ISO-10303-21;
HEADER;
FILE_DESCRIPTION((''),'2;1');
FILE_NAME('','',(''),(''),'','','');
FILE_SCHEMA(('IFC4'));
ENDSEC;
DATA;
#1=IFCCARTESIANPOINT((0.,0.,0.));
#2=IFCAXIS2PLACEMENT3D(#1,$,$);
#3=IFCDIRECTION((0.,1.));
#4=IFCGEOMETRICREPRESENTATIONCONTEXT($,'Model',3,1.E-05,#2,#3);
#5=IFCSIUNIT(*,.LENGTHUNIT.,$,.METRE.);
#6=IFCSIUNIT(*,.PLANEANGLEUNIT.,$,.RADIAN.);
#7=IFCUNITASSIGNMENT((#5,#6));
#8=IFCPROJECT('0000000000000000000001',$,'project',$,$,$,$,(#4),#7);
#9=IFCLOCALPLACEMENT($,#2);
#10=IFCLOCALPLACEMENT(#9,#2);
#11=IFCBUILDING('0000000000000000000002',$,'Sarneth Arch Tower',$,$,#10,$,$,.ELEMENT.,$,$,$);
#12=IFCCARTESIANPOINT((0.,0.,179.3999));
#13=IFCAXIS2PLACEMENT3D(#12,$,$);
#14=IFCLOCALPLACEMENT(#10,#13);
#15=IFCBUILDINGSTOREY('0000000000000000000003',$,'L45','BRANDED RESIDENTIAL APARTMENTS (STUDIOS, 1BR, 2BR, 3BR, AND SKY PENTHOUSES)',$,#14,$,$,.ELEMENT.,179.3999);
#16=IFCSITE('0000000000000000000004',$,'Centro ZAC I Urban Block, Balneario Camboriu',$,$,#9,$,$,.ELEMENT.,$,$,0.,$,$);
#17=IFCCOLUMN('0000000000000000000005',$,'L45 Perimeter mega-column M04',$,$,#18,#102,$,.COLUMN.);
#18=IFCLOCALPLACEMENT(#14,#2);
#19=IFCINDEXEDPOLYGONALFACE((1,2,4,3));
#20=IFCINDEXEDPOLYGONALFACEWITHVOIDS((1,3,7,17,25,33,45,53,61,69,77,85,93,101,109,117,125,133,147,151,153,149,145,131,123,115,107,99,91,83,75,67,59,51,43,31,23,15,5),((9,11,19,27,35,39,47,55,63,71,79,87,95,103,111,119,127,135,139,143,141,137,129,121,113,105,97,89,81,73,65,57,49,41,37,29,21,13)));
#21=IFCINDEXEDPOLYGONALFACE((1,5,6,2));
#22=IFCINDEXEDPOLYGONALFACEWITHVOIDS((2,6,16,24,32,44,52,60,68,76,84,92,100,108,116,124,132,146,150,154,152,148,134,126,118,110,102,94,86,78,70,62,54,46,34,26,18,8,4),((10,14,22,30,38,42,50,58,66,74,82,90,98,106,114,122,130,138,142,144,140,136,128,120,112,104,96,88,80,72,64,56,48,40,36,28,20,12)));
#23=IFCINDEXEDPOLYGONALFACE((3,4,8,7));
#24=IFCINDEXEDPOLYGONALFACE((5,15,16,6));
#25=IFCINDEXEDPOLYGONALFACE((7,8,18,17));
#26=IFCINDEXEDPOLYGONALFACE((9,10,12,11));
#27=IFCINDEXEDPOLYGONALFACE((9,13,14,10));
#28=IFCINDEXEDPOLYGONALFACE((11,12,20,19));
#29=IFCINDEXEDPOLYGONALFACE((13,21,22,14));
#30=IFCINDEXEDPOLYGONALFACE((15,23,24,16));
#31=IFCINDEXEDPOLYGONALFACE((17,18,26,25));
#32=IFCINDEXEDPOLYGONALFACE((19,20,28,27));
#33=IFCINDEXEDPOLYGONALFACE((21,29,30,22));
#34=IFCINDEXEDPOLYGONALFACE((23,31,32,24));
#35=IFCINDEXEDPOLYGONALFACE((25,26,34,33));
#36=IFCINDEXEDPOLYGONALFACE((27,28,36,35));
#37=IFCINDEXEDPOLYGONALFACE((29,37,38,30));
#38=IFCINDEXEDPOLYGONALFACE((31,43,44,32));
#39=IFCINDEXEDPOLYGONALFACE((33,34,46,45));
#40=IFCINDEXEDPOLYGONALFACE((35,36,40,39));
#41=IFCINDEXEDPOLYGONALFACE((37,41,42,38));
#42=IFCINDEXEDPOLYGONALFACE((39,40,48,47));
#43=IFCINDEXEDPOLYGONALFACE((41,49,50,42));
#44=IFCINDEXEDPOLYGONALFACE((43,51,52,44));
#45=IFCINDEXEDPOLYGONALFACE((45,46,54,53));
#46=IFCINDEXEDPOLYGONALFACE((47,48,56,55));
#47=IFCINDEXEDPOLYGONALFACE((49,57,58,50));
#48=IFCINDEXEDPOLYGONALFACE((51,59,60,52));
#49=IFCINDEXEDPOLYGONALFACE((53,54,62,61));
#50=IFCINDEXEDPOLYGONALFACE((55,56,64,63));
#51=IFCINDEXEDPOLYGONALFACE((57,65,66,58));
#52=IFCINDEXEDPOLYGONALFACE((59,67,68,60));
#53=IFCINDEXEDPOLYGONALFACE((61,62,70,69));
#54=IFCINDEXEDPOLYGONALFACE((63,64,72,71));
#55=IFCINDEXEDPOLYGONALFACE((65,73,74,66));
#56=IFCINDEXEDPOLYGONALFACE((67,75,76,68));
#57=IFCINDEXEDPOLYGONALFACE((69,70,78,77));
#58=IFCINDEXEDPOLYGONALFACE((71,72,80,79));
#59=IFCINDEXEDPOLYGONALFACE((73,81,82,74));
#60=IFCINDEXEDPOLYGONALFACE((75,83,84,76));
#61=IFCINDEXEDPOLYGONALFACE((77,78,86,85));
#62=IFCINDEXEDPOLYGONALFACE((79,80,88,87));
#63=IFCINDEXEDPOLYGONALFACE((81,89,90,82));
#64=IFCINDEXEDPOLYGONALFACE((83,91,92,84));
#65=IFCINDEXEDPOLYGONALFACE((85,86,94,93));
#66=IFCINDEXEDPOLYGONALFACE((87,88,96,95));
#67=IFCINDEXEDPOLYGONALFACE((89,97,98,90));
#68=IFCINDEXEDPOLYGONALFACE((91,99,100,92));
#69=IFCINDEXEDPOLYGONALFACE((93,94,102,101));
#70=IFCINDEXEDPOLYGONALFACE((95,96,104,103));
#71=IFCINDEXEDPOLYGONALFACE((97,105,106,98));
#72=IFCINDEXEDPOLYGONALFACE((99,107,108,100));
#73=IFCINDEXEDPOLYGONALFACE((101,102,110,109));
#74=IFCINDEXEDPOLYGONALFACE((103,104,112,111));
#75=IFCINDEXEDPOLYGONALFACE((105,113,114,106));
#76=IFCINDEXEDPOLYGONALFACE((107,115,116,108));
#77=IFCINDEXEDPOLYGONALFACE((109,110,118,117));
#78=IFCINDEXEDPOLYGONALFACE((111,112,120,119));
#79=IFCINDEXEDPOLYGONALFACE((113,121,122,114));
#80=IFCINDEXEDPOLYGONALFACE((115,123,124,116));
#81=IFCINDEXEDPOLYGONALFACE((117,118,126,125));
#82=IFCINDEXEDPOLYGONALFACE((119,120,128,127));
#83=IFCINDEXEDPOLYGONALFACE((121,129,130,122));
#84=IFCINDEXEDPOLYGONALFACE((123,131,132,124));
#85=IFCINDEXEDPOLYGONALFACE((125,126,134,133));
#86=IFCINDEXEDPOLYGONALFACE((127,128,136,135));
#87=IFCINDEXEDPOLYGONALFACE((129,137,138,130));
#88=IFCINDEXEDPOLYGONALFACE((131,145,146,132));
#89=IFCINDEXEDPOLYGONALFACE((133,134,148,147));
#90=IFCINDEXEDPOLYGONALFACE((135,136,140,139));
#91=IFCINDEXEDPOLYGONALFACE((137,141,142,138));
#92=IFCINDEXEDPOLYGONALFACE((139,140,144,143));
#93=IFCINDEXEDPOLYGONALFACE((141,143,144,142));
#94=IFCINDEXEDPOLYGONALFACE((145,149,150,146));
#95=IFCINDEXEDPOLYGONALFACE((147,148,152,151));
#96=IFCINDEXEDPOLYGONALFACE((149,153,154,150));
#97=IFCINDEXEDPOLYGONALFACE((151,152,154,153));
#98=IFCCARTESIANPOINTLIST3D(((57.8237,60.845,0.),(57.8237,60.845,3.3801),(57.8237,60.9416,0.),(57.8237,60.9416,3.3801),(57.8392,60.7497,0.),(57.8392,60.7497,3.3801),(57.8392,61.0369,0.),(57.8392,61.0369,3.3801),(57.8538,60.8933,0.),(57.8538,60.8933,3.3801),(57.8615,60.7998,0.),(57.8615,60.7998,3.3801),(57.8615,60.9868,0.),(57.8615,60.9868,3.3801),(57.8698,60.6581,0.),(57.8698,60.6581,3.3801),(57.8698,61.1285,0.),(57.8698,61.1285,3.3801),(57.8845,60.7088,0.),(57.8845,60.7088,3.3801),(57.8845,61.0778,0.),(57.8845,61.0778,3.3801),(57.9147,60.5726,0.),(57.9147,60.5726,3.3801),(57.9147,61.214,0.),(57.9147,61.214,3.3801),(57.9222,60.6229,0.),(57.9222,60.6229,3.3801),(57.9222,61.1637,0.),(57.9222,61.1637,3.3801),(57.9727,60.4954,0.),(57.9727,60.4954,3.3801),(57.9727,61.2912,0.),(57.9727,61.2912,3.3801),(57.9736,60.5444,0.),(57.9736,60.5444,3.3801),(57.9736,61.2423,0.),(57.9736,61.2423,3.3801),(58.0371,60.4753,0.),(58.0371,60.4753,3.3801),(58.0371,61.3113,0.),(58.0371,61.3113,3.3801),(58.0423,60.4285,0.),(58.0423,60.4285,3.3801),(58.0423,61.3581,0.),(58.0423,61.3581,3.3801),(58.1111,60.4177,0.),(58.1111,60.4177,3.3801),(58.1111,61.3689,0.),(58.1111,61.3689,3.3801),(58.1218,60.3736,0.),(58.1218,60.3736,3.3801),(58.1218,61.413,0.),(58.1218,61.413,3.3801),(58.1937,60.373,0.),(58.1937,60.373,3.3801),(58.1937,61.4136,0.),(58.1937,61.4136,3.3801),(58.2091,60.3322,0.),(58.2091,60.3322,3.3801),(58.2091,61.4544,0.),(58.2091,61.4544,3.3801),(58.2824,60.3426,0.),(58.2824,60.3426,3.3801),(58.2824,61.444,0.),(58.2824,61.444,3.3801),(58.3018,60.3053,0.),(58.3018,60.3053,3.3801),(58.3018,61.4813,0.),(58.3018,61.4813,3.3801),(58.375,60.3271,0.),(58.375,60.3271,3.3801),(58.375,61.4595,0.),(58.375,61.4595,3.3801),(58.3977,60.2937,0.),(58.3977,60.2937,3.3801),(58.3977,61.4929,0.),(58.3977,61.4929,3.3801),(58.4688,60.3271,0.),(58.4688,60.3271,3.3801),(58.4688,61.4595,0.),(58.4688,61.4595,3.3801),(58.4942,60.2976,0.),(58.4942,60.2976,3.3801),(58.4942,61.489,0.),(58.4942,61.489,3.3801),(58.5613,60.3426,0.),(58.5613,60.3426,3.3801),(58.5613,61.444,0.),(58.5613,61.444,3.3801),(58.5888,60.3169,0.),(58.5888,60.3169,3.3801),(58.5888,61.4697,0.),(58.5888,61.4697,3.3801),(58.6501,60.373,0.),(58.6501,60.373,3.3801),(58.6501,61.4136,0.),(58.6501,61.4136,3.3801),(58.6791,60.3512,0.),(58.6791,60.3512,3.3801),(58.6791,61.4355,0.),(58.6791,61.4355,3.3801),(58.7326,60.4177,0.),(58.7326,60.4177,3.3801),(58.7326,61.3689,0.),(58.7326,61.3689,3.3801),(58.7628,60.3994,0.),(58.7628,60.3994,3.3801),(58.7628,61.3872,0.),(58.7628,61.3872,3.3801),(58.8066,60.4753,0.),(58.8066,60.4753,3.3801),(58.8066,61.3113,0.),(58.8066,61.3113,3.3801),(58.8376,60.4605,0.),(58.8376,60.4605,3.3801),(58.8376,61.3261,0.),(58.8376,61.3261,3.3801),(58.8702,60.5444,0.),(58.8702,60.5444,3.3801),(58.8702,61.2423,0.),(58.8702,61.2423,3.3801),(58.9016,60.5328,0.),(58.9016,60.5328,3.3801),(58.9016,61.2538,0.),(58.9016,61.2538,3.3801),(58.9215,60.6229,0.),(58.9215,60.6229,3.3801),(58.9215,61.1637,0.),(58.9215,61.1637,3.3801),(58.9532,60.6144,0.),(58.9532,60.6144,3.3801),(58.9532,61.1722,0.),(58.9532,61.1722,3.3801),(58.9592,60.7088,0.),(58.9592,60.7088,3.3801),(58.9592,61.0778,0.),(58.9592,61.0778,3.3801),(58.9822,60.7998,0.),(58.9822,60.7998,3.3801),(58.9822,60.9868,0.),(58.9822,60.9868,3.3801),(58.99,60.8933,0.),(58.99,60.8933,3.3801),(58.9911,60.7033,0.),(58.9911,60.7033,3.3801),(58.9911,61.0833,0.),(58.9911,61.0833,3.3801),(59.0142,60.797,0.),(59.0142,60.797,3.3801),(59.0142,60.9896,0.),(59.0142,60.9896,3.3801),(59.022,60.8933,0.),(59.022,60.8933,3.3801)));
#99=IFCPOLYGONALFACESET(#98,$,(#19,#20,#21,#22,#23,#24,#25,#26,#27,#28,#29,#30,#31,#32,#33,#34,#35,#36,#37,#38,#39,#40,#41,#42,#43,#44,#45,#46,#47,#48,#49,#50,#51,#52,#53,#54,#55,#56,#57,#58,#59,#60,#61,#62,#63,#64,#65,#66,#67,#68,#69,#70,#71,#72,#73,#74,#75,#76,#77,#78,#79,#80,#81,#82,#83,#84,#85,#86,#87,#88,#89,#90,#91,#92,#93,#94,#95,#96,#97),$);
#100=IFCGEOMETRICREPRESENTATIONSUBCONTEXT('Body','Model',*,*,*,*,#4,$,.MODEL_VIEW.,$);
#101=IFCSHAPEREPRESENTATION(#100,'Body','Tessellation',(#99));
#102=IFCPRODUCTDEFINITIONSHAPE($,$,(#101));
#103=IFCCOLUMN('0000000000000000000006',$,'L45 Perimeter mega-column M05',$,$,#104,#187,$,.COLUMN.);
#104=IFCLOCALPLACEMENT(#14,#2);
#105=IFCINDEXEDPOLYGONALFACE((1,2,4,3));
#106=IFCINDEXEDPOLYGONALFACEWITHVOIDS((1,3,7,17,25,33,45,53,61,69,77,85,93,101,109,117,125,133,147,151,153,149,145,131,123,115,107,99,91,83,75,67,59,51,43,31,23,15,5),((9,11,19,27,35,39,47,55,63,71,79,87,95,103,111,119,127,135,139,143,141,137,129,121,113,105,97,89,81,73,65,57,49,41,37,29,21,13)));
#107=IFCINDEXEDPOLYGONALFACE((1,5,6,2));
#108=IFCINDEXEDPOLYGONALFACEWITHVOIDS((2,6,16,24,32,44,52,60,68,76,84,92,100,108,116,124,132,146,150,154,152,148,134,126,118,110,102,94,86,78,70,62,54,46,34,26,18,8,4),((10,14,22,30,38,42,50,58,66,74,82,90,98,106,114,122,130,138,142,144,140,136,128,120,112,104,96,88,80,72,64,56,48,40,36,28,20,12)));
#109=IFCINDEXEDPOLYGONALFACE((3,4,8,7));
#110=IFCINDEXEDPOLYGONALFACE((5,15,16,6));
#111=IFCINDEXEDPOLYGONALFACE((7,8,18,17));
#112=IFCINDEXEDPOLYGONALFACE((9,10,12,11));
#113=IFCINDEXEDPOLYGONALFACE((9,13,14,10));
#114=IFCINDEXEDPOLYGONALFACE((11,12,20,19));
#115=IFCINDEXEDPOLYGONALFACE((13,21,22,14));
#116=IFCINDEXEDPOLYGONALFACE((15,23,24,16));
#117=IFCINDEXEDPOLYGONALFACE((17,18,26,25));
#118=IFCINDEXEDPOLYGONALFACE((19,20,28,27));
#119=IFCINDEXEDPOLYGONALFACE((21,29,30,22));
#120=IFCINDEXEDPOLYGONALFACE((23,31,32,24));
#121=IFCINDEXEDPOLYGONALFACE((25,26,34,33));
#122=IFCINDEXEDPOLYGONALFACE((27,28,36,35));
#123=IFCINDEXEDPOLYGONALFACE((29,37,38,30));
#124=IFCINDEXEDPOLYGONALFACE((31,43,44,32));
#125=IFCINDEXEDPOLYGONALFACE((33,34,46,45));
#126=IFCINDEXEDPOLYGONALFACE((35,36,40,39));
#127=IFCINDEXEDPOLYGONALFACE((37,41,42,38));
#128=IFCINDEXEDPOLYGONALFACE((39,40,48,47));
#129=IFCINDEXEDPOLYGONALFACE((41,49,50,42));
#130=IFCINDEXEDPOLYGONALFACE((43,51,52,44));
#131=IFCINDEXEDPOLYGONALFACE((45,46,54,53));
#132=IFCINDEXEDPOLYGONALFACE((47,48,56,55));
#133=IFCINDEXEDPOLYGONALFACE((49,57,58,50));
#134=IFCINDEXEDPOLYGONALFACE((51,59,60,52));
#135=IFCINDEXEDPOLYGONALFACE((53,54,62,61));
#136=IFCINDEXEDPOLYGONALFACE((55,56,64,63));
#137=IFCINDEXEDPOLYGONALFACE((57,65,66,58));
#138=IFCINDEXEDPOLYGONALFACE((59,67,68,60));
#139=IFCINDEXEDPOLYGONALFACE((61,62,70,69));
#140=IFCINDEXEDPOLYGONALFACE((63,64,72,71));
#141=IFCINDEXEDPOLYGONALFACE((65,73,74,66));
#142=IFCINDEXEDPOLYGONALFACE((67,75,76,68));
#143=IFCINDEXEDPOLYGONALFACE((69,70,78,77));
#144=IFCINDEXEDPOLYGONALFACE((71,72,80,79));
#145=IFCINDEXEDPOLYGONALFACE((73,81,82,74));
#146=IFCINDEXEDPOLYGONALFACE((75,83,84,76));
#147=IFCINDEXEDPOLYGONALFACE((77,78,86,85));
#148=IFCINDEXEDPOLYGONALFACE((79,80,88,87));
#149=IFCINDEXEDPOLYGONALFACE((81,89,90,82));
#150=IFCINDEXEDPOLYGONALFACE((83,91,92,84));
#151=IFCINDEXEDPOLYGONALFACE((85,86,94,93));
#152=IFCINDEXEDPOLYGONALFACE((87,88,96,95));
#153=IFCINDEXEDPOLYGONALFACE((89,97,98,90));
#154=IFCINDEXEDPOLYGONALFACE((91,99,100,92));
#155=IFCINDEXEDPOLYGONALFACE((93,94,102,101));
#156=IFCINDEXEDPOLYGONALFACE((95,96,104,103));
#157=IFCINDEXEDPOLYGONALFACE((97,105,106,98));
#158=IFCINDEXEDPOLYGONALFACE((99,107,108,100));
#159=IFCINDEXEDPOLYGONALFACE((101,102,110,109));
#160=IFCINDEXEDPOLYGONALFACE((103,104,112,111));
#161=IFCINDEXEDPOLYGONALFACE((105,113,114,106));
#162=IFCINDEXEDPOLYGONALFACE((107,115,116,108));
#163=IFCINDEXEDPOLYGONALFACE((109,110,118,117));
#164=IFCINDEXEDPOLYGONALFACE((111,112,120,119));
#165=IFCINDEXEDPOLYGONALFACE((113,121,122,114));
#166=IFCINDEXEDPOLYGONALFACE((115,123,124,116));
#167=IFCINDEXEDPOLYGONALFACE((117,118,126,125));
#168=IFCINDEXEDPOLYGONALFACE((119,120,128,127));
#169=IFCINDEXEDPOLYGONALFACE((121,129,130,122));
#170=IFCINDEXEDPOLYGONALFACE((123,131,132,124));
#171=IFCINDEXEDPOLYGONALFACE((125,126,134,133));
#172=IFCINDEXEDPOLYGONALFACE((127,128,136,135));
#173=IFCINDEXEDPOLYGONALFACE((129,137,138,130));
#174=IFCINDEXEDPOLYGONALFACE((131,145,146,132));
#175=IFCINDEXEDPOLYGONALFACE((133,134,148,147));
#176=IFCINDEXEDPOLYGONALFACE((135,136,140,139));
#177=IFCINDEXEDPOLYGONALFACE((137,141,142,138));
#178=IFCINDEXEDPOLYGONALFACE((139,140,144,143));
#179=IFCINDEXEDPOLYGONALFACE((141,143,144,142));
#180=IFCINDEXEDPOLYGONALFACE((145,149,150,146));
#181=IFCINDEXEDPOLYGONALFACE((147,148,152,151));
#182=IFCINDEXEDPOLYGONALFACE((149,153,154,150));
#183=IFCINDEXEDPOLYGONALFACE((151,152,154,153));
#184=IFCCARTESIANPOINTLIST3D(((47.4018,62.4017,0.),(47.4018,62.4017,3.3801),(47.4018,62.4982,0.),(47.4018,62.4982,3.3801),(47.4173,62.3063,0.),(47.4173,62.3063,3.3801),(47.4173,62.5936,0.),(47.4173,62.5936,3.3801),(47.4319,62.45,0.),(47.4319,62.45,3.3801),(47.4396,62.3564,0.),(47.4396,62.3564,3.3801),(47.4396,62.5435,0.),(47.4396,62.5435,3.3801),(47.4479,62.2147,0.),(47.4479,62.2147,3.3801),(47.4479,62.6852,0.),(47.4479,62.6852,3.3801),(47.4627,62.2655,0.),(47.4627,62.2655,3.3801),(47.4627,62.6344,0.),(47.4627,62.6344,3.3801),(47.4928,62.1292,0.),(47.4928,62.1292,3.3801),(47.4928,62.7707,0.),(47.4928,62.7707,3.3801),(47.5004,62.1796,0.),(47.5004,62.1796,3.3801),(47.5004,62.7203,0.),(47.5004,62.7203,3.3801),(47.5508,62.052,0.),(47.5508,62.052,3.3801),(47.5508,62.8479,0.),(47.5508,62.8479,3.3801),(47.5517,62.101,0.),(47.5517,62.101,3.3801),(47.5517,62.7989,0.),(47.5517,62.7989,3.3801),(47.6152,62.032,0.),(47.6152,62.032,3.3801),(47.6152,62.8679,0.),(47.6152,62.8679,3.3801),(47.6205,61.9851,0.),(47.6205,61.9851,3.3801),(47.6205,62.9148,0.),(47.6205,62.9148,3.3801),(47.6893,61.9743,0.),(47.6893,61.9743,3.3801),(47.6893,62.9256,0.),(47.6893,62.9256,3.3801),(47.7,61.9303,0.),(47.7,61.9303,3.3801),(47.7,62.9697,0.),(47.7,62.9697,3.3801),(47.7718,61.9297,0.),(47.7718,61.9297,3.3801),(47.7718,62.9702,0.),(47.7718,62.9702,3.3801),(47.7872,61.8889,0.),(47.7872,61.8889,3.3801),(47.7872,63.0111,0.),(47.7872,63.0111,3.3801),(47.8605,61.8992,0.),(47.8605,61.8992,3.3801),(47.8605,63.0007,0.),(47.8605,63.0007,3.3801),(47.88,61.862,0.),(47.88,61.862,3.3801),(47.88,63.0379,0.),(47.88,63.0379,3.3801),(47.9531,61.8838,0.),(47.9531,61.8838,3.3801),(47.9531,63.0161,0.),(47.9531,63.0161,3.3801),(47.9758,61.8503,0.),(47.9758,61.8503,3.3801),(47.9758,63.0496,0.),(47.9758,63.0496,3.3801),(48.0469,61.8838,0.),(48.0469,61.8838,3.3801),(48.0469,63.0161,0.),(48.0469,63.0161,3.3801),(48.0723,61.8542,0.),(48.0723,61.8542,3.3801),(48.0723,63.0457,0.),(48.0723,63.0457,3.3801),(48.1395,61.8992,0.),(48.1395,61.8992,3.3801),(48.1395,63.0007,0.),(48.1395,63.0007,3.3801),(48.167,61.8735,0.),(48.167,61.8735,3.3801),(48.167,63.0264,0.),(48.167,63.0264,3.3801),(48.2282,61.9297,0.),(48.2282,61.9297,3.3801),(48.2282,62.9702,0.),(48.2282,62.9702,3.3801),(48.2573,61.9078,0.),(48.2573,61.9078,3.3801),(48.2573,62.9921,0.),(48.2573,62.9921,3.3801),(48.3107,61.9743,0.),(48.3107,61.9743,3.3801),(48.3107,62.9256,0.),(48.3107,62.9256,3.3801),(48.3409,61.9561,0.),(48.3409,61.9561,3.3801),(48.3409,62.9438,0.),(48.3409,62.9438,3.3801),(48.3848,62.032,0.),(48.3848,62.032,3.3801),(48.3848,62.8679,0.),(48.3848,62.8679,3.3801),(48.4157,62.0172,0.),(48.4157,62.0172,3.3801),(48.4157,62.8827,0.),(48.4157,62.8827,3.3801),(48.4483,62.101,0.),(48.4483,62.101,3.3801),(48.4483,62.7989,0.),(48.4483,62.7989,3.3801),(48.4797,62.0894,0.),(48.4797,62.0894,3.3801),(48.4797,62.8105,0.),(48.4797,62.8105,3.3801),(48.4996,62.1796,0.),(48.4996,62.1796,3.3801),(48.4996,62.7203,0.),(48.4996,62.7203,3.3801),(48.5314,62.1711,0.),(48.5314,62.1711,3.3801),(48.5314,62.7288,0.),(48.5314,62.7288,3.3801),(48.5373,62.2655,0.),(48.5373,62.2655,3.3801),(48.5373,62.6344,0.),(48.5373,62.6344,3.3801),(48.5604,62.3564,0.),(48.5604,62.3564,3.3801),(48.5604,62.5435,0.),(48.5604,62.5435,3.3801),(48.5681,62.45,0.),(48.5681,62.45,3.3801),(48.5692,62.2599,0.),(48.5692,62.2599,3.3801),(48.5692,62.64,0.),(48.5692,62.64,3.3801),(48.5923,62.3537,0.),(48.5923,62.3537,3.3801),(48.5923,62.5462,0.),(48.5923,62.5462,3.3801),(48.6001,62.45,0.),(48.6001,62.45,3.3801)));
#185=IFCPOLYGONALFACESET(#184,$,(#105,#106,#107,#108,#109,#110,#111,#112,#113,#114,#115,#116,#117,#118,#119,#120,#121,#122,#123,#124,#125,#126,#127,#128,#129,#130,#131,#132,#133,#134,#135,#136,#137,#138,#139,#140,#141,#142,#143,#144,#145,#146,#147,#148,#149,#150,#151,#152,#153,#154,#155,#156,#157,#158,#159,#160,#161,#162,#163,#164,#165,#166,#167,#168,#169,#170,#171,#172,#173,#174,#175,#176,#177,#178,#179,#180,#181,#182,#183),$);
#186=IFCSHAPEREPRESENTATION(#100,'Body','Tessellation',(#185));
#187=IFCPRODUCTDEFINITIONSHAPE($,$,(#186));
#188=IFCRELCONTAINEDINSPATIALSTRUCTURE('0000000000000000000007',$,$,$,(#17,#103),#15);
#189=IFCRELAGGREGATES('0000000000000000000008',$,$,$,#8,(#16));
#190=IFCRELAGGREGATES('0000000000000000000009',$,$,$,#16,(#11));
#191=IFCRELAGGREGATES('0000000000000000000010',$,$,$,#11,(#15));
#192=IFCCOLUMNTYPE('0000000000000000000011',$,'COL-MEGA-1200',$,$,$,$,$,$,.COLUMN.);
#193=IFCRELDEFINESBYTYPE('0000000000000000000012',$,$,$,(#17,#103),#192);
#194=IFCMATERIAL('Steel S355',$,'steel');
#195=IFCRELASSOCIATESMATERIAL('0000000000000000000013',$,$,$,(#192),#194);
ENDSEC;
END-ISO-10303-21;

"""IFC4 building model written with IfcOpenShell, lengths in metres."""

from ifc_helpers import new_model, si_unit, direction, frame, origin, origin_2d, place, context, subcontext, project, spatial, hollow_circle, extrude, material, material_profile, profile_set, type_object, element, save


model = new_model("IFC4")

# Units and contexts
model_context = context("Model", 3, precision=1e-05, world=origin(), true_north=direction((0.0, 1.0)))
body_context = subcontext(model_context, "Body", "Model", "MODEL_VIEW")
ifc_project = project(units=[si_unit("LENGTHUNIT", "METRE"), si_unit("PLANEANGLEUNIT", "RADIAN")], contexts=[model_context])

# Site, building, storey
site_placement = place(None, origin())
site = spatial("IfcSite", under=ifc_project, at=site_placement, Name="Centro ZAC I Urban Block, Balneario Camboriu", CompositionType="ELEMENT", RefElevation=0.0)
building_placement = place(site_placement, origin())
building = spatial("IfcBuilding", under=site, at=building_placement, Name="Sarneth Arch Tower", CompositionType="ELEMENT")
storey_placement = place(building_placement, frame((0.0, 0.0, 179.3999)))
storey = spatial("IfcBuildingStorey", under=building, at=storey_placement, Name="L45", Description="BRANDED RESIDENTIAL APARTMENTS (STUDIOS, 1BR, 2BR, 3BR, AND SKY PENTHOUSES)", CompositionType="ELEMENT", Elevation=179.3999)

# Columns
ifc_material_1 = material(Name="Steel S355", Category="steel")
ifc_material_profile_1 = material_profile(ifc_material_1, hollow_circle(Radius=0.6001, WallThickness=0.032, at=origin_2d()), Name="CHS1200x32")
ifc_profile_set_1 = profile_set([ifc_material_profile_1], Name="Steel S355")
column_type = type_object("IfcColumnType", Name="COL-MEGA-1200", PredefinedType="COLUMN", material=ifc_profile_set_1)
for number, where, z_axis, x_axis, name in (
    (1, (58.4219, 60.8933, 0.0), (0.0, 0.0, 1.0), (1.0, 0.0, 0.0), "L45 Perimeter mega-column M04"),
    (2, (48.0, 62.45, 0.0), (0.0, 0.0, 1.0), (1.0, 0.0, 0.0), "L45 Perimeter mega-column M05"),
):
    element("IfcColumn", number, at=place(storey_placement, frame(where, z_axis=z_axis, x_axis=x_axis)), inside=storey, type_object=column_type, Name=name, PredefinedType="COLUMN", context=body_context, shape_type="SweptSolid", body=[
        extrude(hollow_circle(Radius=0.6001, WallThickness=0.032, at=origin_2d()), origin(), (0.0, 0.0, 1.0), 3.3801),
    ])

save(model, "model.ifc")
